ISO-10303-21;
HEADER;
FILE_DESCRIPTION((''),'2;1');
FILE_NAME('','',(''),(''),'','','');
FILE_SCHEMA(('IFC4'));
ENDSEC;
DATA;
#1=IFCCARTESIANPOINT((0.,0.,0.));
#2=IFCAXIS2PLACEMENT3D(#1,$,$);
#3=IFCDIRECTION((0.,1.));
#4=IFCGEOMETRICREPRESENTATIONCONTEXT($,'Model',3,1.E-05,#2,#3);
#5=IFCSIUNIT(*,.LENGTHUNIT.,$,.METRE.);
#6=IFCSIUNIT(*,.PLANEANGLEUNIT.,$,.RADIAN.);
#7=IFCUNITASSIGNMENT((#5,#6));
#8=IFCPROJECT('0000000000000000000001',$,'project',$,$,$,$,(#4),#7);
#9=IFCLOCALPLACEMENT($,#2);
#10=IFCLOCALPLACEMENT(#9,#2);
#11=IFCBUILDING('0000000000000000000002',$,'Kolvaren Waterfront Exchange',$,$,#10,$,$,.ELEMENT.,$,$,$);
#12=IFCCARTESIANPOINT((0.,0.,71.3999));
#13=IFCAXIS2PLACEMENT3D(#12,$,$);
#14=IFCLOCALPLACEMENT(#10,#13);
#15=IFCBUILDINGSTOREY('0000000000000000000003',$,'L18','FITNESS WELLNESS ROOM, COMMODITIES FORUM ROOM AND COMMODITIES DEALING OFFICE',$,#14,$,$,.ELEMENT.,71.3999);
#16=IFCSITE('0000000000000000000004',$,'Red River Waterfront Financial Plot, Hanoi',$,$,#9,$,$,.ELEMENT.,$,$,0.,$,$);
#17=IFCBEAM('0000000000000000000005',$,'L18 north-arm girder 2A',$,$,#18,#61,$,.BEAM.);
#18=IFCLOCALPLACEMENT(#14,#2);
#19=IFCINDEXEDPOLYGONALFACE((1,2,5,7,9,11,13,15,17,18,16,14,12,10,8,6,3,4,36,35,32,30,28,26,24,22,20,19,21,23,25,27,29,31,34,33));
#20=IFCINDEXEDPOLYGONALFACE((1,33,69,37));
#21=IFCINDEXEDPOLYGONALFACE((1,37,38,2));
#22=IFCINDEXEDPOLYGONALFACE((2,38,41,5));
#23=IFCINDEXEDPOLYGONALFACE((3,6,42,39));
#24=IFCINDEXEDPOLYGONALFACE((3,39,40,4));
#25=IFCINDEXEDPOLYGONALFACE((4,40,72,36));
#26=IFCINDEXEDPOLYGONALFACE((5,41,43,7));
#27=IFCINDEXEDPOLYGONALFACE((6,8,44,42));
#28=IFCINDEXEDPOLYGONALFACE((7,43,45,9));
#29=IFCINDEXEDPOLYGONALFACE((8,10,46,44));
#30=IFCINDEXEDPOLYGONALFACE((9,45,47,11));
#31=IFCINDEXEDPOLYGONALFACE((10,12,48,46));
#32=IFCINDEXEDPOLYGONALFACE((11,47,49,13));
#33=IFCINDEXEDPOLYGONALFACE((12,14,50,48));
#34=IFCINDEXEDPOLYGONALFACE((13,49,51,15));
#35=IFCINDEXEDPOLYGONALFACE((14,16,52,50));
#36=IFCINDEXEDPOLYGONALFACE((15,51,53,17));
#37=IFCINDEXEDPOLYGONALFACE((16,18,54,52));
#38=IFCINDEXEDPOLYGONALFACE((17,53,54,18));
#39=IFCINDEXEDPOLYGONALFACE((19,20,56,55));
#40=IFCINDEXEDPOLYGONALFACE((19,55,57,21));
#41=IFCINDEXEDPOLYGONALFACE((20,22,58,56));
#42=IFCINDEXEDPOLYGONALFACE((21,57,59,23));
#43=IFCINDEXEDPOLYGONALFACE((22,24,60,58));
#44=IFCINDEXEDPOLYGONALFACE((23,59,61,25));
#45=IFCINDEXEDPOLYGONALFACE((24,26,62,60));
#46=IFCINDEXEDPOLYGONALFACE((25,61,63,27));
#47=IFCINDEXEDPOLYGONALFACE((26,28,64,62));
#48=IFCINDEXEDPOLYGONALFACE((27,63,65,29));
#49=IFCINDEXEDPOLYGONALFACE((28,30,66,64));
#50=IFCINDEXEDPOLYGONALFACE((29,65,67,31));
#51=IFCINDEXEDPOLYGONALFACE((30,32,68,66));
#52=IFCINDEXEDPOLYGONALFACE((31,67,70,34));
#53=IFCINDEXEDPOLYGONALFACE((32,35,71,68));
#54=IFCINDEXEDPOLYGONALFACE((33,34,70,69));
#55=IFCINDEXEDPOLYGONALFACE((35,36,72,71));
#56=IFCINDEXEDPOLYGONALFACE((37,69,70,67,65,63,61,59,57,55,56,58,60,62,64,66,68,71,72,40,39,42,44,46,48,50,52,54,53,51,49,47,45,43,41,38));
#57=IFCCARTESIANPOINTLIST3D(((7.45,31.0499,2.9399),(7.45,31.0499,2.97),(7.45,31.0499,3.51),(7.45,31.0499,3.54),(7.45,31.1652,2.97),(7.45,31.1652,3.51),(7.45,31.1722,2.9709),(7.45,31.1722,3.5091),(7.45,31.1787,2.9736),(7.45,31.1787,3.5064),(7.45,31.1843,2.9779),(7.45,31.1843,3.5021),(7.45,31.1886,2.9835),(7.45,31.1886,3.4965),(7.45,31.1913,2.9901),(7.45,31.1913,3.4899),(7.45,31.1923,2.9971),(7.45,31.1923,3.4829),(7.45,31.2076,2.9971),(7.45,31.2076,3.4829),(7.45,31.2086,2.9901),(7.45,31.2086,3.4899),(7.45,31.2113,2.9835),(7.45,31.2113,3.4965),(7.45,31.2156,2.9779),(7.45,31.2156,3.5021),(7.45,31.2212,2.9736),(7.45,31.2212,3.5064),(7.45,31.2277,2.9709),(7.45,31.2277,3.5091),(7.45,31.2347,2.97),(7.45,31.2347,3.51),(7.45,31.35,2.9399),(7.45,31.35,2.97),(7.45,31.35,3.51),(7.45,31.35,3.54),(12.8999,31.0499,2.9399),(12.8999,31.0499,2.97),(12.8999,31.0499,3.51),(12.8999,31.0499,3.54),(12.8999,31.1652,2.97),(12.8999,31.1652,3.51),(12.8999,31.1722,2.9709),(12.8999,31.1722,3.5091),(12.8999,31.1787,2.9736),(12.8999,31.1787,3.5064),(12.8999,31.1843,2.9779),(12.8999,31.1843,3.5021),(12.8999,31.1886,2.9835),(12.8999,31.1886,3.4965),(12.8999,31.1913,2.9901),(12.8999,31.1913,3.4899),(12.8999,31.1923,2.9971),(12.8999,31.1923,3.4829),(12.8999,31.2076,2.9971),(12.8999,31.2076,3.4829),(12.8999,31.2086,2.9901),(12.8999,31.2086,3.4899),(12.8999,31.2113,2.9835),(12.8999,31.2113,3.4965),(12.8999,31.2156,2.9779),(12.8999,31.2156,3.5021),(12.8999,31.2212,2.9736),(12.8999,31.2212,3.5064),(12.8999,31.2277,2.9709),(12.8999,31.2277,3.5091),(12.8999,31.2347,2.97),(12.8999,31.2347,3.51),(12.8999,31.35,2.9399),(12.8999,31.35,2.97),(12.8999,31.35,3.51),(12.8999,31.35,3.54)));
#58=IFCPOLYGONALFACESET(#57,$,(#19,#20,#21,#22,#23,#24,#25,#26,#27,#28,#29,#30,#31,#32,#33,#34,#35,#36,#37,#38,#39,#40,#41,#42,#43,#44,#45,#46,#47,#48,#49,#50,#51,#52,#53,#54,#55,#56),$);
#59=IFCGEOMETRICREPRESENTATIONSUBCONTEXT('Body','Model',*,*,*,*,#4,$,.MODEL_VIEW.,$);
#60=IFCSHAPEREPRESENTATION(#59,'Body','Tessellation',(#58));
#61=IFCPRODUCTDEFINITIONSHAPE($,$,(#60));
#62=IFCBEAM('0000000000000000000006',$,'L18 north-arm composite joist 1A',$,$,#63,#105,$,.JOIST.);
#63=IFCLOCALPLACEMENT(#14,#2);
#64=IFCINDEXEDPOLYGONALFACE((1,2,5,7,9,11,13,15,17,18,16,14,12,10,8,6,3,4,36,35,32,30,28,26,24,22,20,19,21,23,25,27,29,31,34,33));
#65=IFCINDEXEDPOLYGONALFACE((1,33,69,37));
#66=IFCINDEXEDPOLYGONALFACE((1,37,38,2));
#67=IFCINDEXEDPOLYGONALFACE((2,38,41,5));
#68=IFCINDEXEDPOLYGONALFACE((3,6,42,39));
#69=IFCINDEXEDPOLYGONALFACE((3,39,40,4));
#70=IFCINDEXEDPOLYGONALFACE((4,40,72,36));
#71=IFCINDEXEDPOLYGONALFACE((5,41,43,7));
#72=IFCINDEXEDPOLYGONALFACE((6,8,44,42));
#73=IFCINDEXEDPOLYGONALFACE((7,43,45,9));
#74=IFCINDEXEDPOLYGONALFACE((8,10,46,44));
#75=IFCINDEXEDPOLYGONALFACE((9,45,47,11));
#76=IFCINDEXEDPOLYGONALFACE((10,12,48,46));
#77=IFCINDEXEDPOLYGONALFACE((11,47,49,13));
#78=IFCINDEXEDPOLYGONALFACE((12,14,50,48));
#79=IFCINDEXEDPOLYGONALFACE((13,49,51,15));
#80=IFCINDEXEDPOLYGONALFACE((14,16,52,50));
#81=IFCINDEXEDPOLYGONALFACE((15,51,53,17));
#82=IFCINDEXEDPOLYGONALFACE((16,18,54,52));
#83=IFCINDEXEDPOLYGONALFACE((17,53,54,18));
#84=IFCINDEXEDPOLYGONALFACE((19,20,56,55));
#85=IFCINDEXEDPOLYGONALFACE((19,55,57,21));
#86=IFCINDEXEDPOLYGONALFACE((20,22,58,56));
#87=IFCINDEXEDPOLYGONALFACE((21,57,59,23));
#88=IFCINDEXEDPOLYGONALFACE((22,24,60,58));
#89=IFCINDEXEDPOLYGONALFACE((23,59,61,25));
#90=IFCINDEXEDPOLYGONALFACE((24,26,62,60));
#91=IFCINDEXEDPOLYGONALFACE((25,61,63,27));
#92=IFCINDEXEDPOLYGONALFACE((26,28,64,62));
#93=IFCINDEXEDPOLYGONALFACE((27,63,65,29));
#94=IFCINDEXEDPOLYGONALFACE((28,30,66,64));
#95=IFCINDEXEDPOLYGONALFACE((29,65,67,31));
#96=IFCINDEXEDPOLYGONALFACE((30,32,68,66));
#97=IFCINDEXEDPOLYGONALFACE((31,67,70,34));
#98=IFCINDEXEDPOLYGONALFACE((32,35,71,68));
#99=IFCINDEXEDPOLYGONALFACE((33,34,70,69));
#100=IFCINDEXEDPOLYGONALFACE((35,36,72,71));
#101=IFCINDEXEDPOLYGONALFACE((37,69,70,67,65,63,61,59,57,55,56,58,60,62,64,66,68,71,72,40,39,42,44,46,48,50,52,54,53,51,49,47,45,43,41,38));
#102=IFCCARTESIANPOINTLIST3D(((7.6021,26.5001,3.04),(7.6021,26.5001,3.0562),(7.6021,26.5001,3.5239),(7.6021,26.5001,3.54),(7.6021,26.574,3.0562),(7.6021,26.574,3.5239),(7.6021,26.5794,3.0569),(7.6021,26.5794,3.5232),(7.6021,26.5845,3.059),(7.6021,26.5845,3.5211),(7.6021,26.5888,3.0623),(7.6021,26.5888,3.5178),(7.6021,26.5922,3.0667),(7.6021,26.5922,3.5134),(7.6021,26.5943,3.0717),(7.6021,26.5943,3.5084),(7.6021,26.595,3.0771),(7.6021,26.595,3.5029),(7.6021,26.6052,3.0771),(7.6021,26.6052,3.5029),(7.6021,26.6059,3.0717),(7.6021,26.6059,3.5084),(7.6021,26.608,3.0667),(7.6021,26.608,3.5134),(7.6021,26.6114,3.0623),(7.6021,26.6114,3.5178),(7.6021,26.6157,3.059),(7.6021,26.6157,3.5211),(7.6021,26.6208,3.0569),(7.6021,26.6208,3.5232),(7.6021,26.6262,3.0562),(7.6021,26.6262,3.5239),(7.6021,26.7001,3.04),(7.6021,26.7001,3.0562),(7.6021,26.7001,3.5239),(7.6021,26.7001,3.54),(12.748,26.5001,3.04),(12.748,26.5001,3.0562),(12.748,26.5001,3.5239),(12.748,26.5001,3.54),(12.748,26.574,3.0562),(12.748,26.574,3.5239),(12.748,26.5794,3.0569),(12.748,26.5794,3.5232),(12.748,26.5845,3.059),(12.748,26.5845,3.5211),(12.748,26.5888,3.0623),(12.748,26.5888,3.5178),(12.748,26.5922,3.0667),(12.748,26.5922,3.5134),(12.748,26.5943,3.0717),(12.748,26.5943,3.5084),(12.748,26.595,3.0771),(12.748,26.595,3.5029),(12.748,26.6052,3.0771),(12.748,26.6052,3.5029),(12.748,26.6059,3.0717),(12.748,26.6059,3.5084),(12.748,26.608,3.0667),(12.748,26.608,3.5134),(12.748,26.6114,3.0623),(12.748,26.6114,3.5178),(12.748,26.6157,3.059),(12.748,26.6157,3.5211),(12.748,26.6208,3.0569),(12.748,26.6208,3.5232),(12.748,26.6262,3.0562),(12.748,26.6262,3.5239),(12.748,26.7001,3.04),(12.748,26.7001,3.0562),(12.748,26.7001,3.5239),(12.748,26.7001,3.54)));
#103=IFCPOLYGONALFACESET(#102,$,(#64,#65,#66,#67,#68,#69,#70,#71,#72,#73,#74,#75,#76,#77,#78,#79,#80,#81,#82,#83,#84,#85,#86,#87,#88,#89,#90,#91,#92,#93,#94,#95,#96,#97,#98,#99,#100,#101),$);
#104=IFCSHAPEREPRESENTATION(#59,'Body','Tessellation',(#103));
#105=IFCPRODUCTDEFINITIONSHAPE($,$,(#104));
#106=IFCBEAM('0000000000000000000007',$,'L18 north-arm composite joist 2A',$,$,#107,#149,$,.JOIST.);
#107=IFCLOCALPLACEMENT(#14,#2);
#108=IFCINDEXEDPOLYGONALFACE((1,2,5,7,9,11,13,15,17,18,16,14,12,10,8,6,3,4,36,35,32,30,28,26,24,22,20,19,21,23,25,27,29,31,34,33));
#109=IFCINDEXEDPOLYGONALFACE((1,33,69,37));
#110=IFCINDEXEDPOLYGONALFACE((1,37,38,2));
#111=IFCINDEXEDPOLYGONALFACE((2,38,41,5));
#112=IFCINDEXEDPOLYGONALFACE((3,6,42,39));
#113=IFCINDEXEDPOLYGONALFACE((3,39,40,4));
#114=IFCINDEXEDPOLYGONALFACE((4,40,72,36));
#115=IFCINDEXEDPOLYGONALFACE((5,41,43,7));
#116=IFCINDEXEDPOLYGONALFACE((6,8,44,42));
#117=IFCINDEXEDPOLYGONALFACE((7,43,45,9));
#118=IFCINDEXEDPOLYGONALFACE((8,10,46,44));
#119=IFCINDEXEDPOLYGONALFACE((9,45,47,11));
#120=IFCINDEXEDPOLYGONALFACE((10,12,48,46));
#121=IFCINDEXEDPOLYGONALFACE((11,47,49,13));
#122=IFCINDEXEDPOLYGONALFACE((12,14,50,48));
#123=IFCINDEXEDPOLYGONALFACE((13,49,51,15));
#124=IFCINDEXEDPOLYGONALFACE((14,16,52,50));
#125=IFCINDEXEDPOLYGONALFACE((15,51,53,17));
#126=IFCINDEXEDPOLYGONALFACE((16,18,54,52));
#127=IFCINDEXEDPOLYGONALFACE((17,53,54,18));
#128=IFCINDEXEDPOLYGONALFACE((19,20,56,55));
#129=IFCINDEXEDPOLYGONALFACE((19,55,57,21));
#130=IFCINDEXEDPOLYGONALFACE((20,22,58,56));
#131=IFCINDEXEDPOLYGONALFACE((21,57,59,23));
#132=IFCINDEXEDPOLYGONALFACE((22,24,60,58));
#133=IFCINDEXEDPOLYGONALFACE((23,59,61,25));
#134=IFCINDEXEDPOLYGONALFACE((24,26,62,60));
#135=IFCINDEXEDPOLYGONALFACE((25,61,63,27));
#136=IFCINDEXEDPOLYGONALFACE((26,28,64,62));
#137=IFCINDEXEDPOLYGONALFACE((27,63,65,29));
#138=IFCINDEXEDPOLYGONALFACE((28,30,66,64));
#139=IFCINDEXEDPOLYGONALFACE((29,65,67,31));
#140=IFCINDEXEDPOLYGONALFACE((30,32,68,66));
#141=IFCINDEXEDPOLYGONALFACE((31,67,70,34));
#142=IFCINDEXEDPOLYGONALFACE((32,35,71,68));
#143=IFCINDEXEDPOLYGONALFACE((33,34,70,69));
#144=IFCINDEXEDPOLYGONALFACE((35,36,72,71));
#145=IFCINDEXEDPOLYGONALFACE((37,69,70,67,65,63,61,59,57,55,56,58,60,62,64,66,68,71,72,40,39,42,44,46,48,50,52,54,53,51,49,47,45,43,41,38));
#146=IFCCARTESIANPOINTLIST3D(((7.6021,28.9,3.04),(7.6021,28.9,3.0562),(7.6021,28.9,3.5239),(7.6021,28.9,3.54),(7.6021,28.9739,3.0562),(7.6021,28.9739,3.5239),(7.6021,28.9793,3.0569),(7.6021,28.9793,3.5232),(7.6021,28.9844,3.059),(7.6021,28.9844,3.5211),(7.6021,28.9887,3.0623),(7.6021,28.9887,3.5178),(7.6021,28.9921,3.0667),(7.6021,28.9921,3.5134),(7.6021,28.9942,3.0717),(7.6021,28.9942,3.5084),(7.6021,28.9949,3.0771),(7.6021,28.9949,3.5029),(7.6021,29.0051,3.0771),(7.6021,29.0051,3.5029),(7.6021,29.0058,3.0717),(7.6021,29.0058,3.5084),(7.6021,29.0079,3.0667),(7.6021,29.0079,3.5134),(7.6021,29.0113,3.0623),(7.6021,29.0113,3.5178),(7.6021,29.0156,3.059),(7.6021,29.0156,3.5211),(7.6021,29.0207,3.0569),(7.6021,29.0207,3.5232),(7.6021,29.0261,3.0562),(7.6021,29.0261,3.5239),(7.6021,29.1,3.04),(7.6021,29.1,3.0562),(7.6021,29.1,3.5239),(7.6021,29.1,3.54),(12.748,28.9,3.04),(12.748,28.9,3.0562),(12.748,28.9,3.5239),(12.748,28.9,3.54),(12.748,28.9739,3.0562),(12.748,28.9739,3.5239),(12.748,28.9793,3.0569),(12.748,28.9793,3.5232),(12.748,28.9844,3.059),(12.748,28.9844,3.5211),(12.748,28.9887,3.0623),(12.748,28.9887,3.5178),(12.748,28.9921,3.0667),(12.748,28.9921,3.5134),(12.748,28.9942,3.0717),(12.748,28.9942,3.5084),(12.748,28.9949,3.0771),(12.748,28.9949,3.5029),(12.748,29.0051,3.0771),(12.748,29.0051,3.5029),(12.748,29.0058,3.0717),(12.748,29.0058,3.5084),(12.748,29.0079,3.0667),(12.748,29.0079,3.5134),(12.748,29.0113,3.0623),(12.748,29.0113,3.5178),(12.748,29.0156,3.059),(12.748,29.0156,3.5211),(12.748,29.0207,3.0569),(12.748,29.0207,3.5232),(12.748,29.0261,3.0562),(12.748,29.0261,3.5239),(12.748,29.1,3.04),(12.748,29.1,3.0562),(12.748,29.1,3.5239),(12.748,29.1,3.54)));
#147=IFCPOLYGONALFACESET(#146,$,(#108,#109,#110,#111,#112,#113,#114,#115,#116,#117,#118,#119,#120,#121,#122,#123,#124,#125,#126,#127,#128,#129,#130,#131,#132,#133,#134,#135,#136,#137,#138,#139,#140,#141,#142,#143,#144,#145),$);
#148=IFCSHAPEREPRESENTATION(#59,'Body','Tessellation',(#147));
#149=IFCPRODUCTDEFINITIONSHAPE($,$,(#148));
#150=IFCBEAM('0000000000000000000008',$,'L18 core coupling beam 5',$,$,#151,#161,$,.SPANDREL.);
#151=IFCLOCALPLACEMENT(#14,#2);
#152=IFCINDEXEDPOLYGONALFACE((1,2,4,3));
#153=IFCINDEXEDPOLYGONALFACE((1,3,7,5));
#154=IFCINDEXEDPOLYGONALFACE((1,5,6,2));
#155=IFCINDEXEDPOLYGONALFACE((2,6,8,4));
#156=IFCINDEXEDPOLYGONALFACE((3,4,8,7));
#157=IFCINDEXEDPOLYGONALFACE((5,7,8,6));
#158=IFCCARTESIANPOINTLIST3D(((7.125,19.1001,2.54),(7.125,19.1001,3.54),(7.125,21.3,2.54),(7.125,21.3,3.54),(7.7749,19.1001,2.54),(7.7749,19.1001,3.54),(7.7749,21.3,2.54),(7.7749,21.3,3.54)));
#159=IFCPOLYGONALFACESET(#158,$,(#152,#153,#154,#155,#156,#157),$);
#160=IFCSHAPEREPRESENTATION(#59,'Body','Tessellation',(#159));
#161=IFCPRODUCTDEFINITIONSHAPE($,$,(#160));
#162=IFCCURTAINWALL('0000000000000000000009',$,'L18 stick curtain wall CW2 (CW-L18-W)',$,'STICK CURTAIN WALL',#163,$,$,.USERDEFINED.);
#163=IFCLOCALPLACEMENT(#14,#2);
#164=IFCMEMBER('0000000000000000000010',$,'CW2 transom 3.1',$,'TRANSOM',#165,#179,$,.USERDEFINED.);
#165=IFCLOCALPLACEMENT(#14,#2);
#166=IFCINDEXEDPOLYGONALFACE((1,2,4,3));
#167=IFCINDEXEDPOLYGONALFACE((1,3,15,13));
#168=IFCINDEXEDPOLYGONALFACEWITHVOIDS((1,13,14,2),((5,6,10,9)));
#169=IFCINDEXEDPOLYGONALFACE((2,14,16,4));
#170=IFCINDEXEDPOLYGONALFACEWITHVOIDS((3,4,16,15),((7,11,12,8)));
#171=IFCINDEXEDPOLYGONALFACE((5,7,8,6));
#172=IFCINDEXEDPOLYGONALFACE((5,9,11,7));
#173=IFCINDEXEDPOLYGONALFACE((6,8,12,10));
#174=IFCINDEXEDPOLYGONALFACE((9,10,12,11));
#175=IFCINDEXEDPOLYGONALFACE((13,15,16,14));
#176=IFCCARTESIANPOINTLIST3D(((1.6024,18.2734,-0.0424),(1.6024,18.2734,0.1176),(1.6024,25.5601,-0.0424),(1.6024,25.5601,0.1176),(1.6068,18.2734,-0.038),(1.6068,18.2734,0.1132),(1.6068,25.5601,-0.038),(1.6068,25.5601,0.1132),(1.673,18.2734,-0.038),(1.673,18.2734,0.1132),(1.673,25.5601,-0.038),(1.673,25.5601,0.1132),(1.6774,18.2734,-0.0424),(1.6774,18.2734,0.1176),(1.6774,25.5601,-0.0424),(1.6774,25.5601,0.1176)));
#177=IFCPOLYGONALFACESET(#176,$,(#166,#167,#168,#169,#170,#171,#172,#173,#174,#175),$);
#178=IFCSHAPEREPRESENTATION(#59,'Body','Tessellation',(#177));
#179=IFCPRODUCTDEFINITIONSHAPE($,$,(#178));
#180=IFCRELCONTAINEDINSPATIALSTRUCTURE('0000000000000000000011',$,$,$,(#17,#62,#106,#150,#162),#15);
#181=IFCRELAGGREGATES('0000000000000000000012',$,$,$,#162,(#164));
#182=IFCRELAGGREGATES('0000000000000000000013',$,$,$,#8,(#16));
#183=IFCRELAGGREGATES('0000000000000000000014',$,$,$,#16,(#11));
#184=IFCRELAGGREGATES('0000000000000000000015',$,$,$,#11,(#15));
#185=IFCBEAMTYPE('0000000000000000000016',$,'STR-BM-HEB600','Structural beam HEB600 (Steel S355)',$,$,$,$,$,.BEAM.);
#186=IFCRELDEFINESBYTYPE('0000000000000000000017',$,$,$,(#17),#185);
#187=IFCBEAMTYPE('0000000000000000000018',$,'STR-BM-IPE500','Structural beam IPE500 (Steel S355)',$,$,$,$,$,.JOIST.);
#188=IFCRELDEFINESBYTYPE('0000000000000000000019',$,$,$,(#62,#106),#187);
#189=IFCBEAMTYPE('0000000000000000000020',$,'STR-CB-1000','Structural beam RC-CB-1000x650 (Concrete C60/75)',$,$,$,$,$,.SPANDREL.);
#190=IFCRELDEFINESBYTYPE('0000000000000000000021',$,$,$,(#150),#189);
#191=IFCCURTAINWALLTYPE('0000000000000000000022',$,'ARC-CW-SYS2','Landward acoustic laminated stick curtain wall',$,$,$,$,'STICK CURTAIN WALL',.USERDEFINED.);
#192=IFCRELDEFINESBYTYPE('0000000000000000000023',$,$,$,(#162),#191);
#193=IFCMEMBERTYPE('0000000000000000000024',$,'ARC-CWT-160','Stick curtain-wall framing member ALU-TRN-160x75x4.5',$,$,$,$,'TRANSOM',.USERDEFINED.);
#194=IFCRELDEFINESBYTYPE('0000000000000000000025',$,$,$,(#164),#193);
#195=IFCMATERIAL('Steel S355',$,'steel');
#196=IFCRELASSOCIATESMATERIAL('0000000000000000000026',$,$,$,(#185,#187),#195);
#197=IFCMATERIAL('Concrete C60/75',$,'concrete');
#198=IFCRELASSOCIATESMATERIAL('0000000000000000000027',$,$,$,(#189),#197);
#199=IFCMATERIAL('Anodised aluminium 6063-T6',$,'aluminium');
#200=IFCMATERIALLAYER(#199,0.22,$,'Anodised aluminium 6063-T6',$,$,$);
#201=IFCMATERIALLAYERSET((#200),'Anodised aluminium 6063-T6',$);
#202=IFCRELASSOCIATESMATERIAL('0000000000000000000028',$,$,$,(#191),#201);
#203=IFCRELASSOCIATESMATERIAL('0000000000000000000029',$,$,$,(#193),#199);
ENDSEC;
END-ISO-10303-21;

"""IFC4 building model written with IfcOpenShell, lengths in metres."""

from ifc_helpers import new_model, si_unit, direction, frame, origin, origin_with_axes, origin_2d, place, context, subcontext, project, spatial, rectangle, hollow_rectangle, i_section, extrude, source, transform, mapped, material, layer, layer_set, material_profile, profile_set, type_object, element, aggregate, save


model = new_model("IFC4")

# Units and contexts
model_context = context("Model", 3, precision=1e-05, world=origin(), true_north=direction((0.0, 1.0)))
body_context = subcontext(model_context, "Body", "Model", "MODEL_VIEW")
ifc_project = project(units=[si_unit("LENGTHUNIT", "METRE"), si_unit("PLANEANGLEUNIT", "RADIAN")], contexts=[model_context])

# Site, building, storey
site_placement = place(None, origin())
site = spatial("IfcSite", under=ifc_project, at=site_placement, Name="Red River Waterfront Financial Plot, Hanoi", CompositionType="ELEMENT", RefElevation=0.0)
building_placement = place(site_placement, origin())
building = spatial("IfcBuilding", under=site, at=building_placement, Name="Kolvaren Waterfront Exchange", CompositionType="ELEMENT")
storey_placement = place(building_placement, frame((0.0, 0.0, 71.3999)))
storey = spatial("IfcBuildingStorey", under=building, at=storey_placement, Name="L18", Description="FITNESS WELLNESS ROOM, COMMODITIES FORUM ROOM AND COMMODITIES DEALING OFFICE", CompositionType="ELEMENT", Elevation=71.3999)

# Beams
ifc_material_1 = material(Name="Steel S355", Category="steel")
ifc_material_profile_1 = material_profile(ifc_material_1, i_section(OverallWidth=0.3, OverallDepth=0.6001, WebThickness=0.0154, FlangeThickness=0.03, FilletRadius=0.0271, at=origin_2d()), Name="HEB600")
ifc_profile_set_1 = profile_set([ifc_material_profile_1], Name="Steel S355")
beam_type_1 = type_object("IfcBeamType", Name="STR-BM-HEB600", Description="Structural beam HEB600 (Steel S355)", PredefinedType="BEAM", material=ifc_profile_set_1)
for number, where, z_axis, x_axis, name in (
    (1, (7.45, 31.2, 3.24), (1.0, 0.0, 0.0), (0.0, 1.0, 0.0), "L18 north-arm girder 2A"),
):
    element("IfcBeam", number, at=place(storey_placement, frame(where, z_axis=z_axis, x_axis=x_axis)), inside=storey, type_object=beam_type_1, Name=name, PredefinedType="BEAM", context=body_context, shape_type="SweptSolid", body=[
        extrude(i_section(OverallWidth=0.3, OverallDepth=0.6001, WebThickness=0.0154, FlangeThickness=0.03, FilletRadius=0.0271, at=origin_2d()), origin(), (0.0, 0.0, 1.0), 5.45),
    ])
ifc_material_profile_2 = material_profile(ifc_material_1, i_section(OverallWidth=0.2, OverallDepth=0.5, WebThickness=0.0103, FlangeThickness=0.0161, FilletRadius=0.021, at=origin_2d()), Name="IPE500")
ifc_profile_set_2 = profile_set([ifc_material_profile_2], Name="Steel S355")
beam_type_2 = type_object("IfcBeamType", Name="STR-BM-IPE500", Description="Structural beam IPE500 (Steel S355)", PredefinedType="JOIST", material=ifc_profile_set_2)
for number, where, z_axis, x_axis, name in (
    (2, (7.6021, 26.6001, 3.29), (1.0, 0.0, 0.0), (0.0, 1.0, 0.0), "L18 north-arm composite joist 1A"),
    (3, (7.6021, 29.0, 3.29), (1.0, 0.0, 0.0), (0.0, 1.0, 0.0), "L18 north-arm composite joist 2A"),
):
    element("IfcBeam", number, at=place(storey_placement, frame(where, z_axis=z_axis, x_axis=x_axis)), inside=storey, type_object=beam_type_2, Name=name, PredefinedType="JOIST", context=body_context, shape_type="SweptSolid", body=[
        extrude(i_section(OverallWidth=0.2, OverallDepth=0.5, WebThickness=0.0103, FlangeThickness=0.0161, FilletRadius=0.021, at=origin_2d()), origin(), (0.0, 0.0, 1.0), 5.146),
    ])
ifc_material_2 = material(Name="Concrete C60/75", Category="concrete")
ifc_material_profile_3 = material_profile(ifc_material_2, rectangle(XDim=0.6499, YDim=1.0, at=origin_2d()), Name="RC-CB-1000x650")
ifc_profile_set_3 = profile_set([ifc_material_profile_3], Name="Concrete C60/75")
beam_type_3 = type_object("IfcBeamType", Name="STR-CB-1000", Description="Structural beam RC-CB-1000x650 (Concrete C60/75)", PredefinedType="SPANDREL", material=ifc_profile_set_3)
beam_1_placement = place(storey_placement, frame((7.45, 19.1001, 3.04), z_axis=(0.0, 1.0, 0.0), x_axis=(-1.0, 0.0, 0.0)))
element("IfcBeam", 4, at=beam_1_placement, inside=storey, type_object=beam_type_3, Name="L18 core coupling beam 5", PredefinedType="SPANDREL", context=body_context, shape_type="SweptSolid", body=[
    extrude(rectangle(XDim=0.6499, YDim=1.0, at=origin_2d()), origin(), (0.0, 0.0, 1.0), 2.2),
])

# Curtain wall, member
ifc_material_3 = material(Name="Anodised aluminium 6063-T6", Category="aluminium")
ifc_layer_1 = layer(ifc_material_3, 0.22, Name="Anodised aluminium 6063-T6")
ifc_layer_set_1 = layer_set([ifc_layer_1], Name="Anodised aluminium 6063-T6")
curtain_wall_type = type_object("IfcCurtainWallType", Name="ARC-CW-SYS2", Description="Landward acoustic laminated stick curtain wall", ElementType="STICK CURTAIN WALL", PredefinedType="USERDEFINED", material=ifc_layer_set_1)
curtain_wall_placement = place(storey_placement, origin())
curtain_wall = element("IfcCurtainWall", 5, at=curtain_wall_placement, inside=storey, type_object=curtain_wall_type, Name="L18 stick curtain wall CW2 (CW-L18-W)", ObjectType="STICK CURTAIN WALL", PredefinedType="USERDEFINED")
ifc_material_profile_4 = material_profile(ifc_material_3, hollow_rectangle(XDim=0.075, YDim=0.1599, WallThickness=0.0044, at=origin_2d()), Name="ALU-TRN-160x75x4.5")
ifc_profile_set_4 = profile_set([ifc_material_profile_4], Name="Anodised aluminium 6063-T6")
member_type_1 = type_object("IfcMemberType", Name="ARC-CWT-160", Description="Stick curtain-wall framing member ALU-TRN-160x75x4.5", ElementType="TRANSOM", PredefinedType="USERDEFINED", material=ifc_profile_set_4)
shared_shape_1 = source(origin_with_axes(), body_context, "Body", "SweptSolid", [
    extrude(hollow_rectangle(XDim=0.075, YDim=0.1599, WallThickness=0.0044, at=origin_2d()), origin(), (0.0, 0.0, 1.0), 7.2866),
])
member_1_placement = place(storey_placement, frame((1.6399, 18.2734, 0.0376), z_axis=(0.0, 1.0, 0.0), x_axis=(-1.0, 0.0, 0.0)))
member_1 = element("IfcMember", 6, at=member_1_placement, type_object=member_type_1, Name="CW2 transom 3.1", ObjectType="TRANSOM", PredefinedType="USERDEFINED", context=body_context, shape_type="MappedRepresentation", body=[
    mapped(shared_shape_1, transform((0.0, 0.0, 0.0), x_axis=(1.0, 0.0, 0.0), y_axis=(0.0, 1.0, 0.0), z_axis=(0.0, 0.0, 1.0), scale=1.0)),
])
aggregate(curtain_wall, [member_1])

save(model, "model.ifc")
